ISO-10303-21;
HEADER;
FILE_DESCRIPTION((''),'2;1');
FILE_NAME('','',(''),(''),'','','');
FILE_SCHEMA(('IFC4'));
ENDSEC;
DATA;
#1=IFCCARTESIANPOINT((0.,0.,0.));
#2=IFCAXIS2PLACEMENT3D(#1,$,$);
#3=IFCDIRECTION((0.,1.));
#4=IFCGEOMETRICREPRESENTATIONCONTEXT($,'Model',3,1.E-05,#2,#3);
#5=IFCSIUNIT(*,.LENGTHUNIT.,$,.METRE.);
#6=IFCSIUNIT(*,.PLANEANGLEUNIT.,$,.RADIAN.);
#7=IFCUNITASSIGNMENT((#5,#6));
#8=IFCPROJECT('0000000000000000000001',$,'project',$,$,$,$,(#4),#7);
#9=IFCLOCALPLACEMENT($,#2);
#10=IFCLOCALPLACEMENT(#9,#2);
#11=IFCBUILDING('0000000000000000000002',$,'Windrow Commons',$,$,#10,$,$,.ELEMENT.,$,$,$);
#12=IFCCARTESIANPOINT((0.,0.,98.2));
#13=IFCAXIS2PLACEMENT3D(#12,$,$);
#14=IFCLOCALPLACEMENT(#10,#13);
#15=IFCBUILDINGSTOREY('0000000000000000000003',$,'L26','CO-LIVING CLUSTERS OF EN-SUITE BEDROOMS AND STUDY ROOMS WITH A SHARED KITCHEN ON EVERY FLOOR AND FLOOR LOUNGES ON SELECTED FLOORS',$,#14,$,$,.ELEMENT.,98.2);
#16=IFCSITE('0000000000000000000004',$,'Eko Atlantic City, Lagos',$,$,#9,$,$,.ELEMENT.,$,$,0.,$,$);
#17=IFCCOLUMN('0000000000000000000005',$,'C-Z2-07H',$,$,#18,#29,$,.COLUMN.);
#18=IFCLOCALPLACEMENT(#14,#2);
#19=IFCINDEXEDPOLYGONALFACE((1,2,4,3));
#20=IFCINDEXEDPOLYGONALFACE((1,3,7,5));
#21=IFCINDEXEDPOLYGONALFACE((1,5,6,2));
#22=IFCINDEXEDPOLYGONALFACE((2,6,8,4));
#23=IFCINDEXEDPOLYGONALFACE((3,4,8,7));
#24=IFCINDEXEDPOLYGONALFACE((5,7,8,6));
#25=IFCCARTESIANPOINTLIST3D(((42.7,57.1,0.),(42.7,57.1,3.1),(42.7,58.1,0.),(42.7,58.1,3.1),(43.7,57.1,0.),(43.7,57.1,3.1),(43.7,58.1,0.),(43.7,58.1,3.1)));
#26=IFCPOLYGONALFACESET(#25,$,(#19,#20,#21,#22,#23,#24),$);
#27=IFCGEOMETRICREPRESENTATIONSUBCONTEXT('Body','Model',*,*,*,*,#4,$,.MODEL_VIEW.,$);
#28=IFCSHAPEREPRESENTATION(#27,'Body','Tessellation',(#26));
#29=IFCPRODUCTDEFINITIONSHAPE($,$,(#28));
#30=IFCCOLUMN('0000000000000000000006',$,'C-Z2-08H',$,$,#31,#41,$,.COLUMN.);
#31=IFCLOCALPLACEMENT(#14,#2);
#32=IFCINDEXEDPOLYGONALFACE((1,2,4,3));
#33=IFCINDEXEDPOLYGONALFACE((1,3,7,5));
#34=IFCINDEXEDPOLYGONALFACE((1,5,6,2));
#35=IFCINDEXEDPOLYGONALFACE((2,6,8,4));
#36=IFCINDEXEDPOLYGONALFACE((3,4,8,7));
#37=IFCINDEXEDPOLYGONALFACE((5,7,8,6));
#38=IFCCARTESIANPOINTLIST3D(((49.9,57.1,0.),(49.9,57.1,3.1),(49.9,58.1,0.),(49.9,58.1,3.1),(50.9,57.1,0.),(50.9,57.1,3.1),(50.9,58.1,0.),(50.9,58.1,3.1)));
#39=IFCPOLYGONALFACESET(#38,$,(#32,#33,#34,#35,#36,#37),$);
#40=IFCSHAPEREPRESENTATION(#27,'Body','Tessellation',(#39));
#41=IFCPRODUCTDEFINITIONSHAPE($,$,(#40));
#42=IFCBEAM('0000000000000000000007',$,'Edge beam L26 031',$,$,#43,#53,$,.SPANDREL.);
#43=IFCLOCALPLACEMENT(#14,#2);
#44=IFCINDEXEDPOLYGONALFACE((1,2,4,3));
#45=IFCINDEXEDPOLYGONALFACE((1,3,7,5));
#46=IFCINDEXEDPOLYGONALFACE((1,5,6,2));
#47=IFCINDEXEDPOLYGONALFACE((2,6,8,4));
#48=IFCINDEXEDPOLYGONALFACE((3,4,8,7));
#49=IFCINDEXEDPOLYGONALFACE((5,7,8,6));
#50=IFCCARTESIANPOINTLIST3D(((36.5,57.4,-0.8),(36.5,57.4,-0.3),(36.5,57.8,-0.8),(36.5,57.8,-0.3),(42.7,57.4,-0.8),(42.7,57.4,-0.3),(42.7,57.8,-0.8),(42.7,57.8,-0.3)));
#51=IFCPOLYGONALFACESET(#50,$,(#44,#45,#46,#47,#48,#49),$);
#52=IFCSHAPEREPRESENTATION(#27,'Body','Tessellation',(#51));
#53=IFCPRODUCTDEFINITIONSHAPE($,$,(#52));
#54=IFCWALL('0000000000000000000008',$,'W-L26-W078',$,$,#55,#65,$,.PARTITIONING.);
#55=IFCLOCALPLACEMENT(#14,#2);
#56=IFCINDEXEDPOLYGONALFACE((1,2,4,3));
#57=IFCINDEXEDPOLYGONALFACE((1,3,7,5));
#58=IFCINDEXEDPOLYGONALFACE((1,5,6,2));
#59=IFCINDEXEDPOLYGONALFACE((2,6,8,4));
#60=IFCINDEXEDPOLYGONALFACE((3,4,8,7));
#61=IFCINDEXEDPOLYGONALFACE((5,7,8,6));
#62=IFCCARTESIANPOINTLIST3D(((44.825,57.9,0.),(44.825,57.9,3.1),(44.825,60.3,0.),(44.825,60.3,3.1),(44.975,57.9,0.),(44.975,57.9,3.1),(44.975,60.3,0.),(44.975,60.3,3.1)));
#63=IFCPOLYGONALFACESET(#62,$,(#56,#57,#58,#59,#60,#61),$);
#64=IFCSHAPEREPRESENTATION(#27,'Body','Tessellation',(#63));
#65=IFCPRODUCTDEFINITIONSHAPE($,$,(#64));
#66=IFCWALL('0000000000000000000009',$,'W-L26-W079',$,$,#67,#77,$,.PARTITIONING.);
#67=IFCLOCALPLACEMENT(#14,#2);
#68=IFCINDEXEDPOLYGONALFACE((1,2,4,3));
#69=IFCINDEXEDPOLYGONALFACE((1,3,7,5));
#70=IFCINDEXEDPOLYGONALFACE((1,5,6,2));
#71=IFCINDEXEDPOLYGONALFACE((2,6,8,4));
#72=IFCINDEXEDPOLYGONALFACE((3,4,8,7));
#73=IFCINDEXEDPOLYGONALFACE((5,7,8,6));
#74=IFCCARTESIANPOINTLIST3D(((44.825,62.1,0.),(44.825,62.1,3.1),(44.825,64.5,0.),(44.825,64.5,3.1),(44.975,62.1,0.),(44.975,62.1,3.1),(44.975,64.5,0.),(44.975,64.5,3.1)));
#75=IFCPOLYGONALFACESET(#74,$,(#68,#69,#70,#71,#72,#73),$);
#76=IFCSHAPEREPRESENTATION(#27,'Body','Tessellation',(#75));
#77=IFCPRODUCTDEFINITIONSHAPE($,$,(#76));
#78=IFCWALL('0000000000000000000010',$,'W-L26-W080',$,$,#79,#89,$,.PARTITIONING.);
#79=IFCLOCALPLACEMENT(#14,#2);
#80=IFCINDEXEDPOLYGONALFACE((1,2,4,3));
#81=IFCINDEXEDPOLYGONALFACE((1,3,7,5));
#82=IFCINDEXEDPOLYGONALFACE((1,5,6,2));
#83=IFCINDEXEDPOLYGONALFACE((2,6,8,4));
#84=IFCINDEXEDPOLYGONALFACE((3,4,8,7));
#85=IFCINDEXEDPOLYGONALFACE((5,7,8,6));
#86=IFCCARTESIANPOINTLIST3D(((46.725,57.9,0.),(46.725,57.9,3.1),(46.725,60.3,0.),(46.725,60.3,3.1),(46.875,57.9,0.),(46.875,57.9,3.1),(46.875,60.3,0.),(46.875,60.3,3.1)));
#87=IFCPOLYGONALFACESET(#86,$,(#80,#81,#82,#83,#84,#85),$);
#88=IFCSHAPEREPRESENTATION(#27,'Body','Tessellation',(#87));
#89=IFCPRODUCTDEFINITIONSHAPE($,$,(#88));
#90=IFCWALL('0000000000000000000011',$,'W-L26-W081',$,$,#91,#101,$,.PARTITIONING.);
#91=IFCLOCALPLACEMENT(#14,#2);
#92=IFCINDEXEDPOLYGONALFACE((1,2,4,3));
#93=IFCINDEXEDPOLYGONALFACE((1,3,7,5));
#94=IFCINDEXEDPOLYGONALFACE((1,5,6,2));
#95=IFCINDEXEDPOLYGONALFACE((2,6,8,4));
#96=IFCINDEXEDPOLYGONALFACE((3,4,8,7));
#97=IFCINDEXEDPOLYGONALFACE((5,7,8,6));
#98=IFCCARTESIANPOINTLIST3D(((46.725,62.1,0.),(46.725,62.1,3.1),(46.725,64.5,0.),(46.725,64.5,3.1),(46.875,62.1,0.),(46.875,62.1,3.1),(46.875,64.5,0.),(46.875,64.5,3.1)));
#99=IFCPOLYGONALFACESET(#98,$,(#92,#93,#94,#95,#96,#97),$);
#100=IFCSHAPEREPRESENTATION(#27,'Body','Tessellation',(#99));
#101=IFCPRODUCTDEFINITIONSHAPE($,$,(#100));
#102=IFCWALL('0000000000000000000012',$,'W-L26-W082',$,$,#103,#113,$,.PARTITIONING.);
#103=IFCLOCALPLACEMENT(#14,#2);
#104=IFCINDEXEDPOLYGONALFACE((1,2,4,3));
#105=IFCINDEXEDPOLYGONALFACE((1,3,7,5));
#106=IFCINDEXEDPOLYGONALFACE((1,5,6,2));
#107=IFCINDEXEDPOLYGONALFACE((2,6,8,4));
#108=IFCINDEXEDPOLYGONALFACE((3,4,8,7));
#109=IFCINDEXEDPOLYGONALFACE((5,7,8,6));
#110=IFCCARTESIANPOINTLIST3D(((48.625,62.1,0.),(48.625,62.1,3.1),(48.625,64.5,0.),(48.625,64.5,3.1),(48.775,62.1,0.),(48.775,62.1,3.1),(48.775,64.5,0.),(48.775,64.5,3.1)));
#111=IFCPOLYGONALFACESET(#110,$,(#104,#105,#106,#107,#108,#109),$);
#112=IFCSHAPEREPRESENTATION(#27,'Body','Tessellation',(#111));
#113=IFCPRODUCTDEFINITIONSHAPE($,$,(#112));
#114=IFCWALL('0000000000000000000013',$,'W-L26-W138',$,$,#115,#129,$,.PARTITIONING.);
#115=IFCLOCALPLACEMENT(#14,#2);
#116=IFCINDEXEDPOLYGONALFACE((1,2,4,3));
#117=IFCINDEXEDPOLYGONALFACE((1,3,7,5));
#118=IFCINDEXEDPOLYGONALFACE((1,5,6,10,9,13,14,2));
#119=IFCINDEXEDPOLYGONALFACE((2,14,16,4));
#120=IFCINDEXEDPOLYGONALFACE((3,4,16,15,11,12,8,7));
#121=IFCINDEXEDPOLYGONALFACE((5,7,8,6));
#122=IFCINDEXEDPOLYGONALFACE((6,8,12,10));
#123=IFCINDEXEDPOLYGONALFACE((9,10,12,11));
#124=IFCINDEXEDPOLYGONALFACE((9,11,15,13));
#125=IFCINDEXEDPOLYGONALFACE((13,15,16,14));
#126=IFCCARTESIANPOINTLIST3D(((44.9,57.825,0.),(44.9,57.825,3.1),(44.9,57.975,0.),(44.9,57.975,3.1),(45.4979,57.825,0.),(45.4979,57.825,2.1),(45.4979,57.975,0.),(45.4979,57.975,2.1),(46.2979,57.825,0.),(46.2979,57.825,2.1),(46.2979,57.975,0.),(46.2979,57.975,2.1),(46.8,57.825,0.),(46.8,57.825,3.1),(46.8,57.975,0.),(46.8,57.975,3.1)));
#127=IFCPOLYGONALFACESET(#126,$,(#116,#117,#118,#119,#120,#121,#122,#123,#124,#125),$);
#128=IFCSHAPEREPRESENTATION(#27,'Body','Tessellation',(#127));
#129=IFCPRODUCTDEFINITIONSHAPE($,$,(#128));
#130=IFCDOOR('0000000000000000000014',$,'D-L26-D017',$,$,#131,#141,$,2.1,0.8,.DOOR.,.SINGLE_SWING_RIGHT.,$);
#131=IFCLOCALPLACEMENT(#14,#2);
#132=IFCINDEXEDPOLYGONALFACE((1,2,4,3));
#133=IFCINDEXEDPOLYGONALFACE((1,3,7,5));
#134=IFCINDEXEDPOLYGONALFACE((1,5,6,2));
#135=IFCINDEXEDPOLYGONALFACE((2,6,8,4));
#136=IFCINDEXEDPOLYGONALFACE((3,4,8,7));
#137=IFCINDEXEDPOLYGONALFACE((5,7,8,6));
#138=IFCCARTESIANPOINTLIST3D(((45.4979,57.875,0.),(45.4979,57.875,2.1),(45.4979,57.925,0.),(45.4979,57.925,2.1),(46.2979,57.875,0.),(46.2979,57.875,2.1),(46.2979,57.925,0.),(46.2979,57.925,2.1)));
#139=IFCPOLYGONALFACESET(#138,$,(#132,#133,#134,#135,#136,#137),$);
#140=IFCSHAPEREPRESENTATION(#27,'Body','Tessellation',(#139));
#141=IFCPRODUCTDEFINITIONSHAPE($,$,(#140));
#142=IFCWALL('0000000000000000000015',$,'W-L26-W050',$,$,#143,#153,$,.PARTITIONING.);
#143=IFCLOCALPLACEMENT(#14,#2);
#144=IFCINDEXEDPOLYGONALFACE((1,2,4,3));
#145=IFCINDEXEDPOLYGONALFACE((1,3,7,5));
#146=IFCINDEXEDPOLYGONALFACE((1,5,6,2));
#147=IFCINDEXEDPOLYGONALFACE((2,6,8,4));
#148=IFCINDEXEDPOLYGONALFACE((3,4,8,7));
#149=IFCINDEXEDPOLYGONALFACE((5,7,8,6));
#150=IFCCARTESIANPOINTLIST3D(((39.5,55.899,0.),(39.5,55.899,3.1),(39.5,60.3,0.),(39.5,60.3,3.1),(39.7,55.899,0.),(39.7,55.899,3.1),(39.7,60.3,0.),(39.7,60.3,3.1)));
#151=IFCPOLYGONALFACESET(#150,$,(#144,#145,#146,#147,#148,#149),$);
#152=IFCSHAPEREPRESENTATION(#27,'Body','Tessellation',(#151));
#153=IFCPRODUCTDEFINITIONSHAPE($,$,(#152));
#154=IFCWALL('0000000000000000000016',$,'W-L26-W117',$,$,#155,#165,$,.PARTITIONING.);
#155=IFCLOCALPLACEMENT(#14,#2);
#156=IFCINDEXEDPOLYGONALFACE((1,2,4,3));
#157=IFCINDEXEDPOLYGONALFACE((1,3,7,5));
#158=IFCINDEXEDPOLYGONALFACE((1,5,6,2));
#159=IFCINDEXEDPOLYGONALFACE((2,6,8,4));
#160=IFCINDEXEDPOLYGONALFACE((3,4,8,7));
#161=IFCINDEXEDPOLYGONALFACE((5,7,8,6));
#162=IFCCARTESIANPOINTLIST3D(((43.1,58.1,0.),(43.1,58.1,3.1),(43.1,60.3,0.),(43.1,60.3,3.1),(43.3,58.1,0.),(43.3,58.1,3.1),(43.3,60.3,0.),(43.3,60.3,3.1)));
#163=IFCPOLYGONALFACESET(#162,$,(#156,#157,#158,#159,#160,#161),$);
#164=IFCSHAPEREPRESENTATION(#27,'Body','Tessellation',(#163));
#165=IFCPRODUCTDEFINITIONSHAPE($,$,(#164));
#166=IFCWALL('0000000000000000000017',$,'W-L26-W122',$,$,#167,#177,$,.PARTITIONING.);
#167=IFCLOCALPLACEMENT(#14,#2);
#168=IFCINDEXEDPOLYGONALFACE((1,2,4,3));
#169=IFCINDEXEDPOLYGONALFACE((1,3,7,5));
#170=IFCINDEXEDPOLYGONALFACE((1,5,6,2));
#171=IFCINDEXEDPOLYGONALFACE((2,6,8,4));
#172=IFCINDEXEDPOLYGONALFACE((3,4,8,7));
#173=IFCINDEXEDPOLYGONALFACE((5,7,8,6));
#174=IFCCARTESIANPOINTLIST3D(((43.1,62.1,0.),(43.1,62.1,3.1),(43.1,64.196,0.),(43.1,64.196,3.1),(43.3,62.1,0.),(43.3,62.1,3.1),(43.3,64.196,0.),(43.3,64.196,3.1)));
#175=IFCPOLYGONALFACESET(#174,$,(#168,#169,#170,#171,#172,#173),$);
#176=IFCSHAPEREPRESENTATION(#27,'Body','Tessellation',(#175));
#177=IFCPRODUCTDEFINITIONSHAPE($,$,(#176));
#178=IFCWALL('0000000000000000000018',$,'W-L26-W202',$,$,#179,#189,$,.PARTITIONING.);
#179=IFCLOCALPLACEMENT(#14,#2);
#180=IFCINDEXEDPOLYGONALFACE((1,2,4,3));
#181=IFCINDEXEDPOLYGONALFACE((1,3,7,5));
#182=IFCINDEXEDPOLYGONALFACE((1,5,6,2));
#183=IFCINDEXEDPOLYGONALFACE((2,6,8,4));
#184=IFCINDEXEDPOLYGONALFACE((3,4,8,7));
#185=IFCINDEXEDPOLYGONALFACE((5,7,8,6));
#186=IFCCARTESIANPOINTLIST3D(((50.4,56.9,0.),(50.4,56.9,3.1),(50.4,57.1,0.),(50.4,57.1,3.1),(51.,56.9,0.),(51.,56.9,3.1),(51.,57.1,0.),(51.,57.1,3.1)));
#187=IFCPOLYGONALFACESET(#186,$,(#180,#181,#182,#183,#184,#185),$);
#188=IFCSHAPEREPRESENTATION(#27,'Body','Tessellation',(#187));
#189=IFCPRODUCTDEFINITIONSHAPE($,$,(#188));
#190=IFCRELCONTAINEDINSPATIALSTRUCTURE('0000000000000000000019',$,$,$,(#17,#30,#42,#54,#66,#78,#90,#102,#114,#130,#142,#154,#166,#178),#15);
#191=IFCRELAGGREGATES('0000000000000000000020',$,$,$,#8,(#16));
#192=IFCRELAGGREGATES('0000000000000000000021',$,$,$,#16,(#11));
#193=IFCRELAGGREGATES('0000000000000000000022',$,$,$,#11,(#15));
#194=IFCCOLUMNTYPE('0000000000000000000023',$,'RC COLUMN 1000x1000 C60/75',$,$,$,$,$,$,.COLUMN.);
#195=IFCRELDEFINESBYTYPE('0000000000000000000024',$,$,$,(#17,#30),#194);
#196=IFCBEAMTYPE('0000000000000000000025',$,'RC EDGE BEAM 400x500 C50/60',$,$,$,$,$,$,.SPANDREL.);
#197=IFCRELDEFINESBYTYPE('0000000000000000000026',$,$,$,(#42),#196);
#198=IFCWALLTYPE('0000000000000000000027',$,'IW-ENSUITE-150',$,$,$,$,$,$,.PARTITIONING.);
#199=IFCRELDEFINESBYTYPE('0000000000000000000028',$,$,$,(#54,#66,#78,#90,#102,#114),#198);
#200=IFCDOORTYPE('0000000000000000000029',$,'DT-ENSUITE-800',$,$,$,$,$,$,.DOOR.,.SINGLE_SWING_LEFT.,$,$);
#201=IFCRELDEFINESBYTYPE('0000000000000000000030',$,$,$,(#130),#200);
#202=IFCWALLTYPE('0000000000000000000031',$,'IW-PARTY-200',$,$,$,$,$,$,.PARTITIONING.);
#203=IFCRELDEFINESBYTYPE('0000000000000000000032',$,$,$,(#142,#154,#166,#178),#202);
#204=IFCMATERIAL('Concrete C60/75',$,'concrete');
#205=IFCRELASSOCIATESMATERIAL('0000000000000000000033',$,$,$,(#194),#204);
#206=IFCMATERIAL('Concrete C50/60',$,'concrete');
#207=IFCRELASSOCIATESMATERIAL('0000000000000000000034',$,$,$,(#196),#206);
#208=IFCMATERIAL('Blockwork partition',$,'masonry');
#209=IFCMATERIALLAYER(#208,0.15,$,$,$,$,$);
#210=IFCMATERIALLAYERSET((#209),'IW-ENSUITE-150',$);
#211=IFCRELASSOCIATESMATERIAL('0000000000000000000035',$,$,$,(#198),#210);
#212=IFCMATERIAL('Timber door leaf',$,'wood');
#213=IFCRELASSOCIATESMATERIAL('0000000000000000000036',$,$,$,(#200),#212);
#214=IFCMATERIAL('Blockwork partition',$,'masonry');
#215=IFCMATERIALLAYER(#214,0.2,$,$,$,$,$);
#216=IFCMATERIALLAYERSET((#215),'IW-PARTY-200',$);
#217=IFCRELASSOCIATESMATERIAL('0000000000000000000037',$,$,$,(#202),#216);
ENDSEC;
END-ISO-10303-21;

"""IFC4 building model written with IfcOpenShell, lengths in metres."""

from ifc_helpers import new_model, si_unit, direction, frame, frame_2d, origin, origin_2d, place, context, subcontext, project, spatial, rectangle, extrude, material, layer, layer_set, material_profile, profile_set, type_object, element, fill, save


model = new_model("IFC4")

# Units and contexts
model_context = context("Model", 3, precision=1e-05, world=origin(), true_north=direction((0.0, 1.0)))
body_context = subcontext(model_context, "Body", "Model", "MODEL_VIEW")
ifc_project = project(units=[si_unit("LENGTHUNIT", "METRE"), si_unit("PLANEANGLEUNIT", "RADIAN")], contexts=[model_context])

# Site, building, storey
site_placement = place(None, origin())
site = spatial("IfcSite", under=ifc_project, at=site_placement, Name="Eko Atlantic City, Lagos", CompositionType="ELEMENT", RefElevation=0.0)
building_placement = place(site_placement, origin())
building = spatial("IfcBuilding", under=site, at=building_placement, Name="Windrow Commons", CompositionType="ELEMENT")
storey_placement = place(building_placement, frame((0.0, 0.0, 98.2)))
storey = spatial("IfcBuildingStorey", under=building, at=storey_placement, Name="L26", Description="CO-LIVING CLUSTERS OF EN-SUITE BEDROOMS AND STUDY ROOMS WITH A SHARED KITCHEN ON EVERY FLOOR AND FLOOR LOUNGES ON SELECTED FLOORS", CompositionType="ELEMENT", Elevation=98.2)

# Columns
ifc_material_1 = material(Name="Concrete C60/75", Category="concrete")
ifc_material_profile_1 = material_profile(ifc_material_1, rectangle(XDim=1.0, YDim=1.0, at=origin_2d()))
ifc_profile_set_1 = profile_set([ifc_material_profile_1], Name="Concrete C60/75")
column_type = type_object("IfcColumnType", Name="RC COLUMN 1000x1000 C60/75", PredefinedType="COLUMN", material=ifc_profile_set_1)
for number, where, z_axis, x_axis, name in (
    (1, (43.2, 57.6, 0.0), (0.0, 0.0, 1.0), (1.0, 0.0, 0.0), "C-Z2-07H"),
    (2, (50.4, 57.6, 0.0), (0.0, 0.0, 1.0), (1.0, 0.0, 0.0), "C-Z2-08H"),
):
    element("IfcColumn", number, at=place(storey_placement, frame(where, z_axis=z_axis, x_axis=x_axis)), inside=storey, type_object=column_type, Name=name, PredefinedType="COLUMN", context=body_context, shape_type="SweptSolid", body=[
        extrude(rectangle(XDim=1.0, YDim=1.0, at=origin_2d()), origin(), (0.0, 0.0, 1.0), 3.1),
    ])

# Beam
ifc_material_2 = material(Name="Concrete C50/60", Category="concrete")
ifc_material_profile_2 = material_profile(ifc_material_2, rectangle(XDim=0.4, YDim=0.5, at=origin_2d()))
ifc_profile_set_2 = profile_set([ifc_material_profile_2], Name="Concrete C50/60")
beam_type = type_object("IfcBeamType", Name="RC EDGE BEAM 400x500 C50/60", PredefinedType="SPANDREL", material=ifc_profile_set_2)
beam_placement = place(storey_placement, frame((42.7, 57.6, -0.55), z_axis=(-1.0, 0.0, 0.0), x_axis=(0.0, -1.0, 0.0)))
element("IfcBeam", 3, at=beam_placement, inside=storey, type_object=beam_type, Name="Edge beam L26 031", PredefinedType="SPANDREL", context=body_context, shape_type="SweptSolid", body=[
    extrude(rectangle(XDim=0.4, YDim=0.5, at=origin_2d()), origin(), (0.0, 0.0, 1.0), 6.2),
])

# Walls
ifc_material_3 = material(Name="Blockwork partition", Category="masonry")
ifc_layer_1 = layer(ifc_material_3, 0.15)
ifc_layer_set_1 = layer_set([ifc_layer_1], Name="IW-ENSUITE-150")
wall_type_1 = type_object("IfcWallType", Name="IW-ENSUITE-150", PredefinedType="PARTITIONING", material=ifc_layer_set_1)
for number, where, z_axis, x_axis, name in (
    (4, (44.9, 57.9, 0.0), (0.0, 0.0, 1.0), (0.0, 1.0, 0.0), "W-L26-W078"),
    (5, (44.9, 62.1, 0.0), (0.0, 0.0, 1.0), (0.0, 1.0, 0.0), "W-L26-W079"),
    (6, (46.8, 57.9, 0.0), (0.0, 0.0, 1.0), (0.0, 1.0, 0.0), "W-L26-W080"),
    (7, (46.8, 62.1, 0.0), (0.0, 0.0, 1.0), (0.0, 1.0, 0.0), "W-L26-W081"),
    (8, (48.7, 62.1, 0.0), (0.0, 0.0, 1.0), (0.0, 1.0, 0.0), "W-L26-W082"),
):
    element("IfcWall", number, at=place(storey_placement, frame(where, z_axis=z_axis, x_axis=x_axis)), inside=storey, type_object=wall_type_1, Name=name, PredefinedType="PARTITIONING", context=body_context, shape_type="SweptSolid", body=[
        extrude(rectangle(XDim=2.4, YDim=0.15, at=frame_2d((1.2, 0.0))), origin(), (0.0, 0.0, 1.0), 3.1),
    ])

# Wall, opening, door
wall_1_placement = place(storey_placement, frame((44.9, 57.9, 0.0), z_axis=(0.0, 0.0, 1.0), x_axis=(1.0, 0.0, 0.0)))
wall_1 = element("IfcWall", 9, at=wall_1_placement, inside=storey, type_object=wall_type_1, Name="W-L26-W138", PredefinedType="PARTITIONING", context=body_context, shape_type="SweptSolid", body=[
    extrude(rectangle(XDim=1.9, YDim=0.15, at=frame_2d((0.95, 0.0))), origin(), (0.0, 0.0, 1.0), 3.1),
])
opening_placement = place(wall_1_placement, frame((0.5979, 0.0, 0.0)))
opening = element("IfcOpeningElement", 10, at=opening_placement, cuts=wall_1, PredefinedType="OPENING", context=body_context, shape_type="SweptSolid", body=[
    extrude(rectangle(XDim=0.8, YDim=2.1, at=frame_2d((0.4, 1.05))), frame((0.0, 0.085, 0.0), z_axis=(0.0, -1.0, 0.0), x_axis=(1.0, 0.0, 0.0)), (0.0, 0.0, 1.0), 0.17),
])
ifc_material_4 = material(Name="Timber door leaf", Category="wood")
door_type = type_object("IfcDoorType", Name="DT-ENSUITE-800", OperationType="SINGLE_SWING_LEFT", PredefinedType="DOOR", material=ifc_material_4)
door_placement = place(opening_placement, origin())
door = element("IfcDoor", 11, at=door_placement, inside=storey, type_object=door_type, Name="D-L26-D017", OperationType="SINGLE_SWING_RIGHT", OverallHeight=2.1, OverallWidth=0.8, PredefinedType="DOOR", context=body_context, shape_type="SweptSolid", body=[
    extrude(rectangle(XDim=0.8, YDim=2.1, at=frame_2d((0.4, 1.05))), frame((0.0, 0.025, 0.0), z_axis=(0.0, -1.0, 0.0), x_axis=(1.0, 0.0, 0.0)), (0.0, 0.0, 1.0), 0.05),
])
fill(opening, door)

# Walls
ifc_material_5 = material(Name="Blockwork partition", Category="masonry")
ifc_layer_2 = layer(ifc_material_5, 0.2)
ifc_layer_set_2 = layer_set([ifc_layer_2], Name="IW-PARTY-200")
wall_type_2 = type_object("IfcWallType", Name="IW-PARTY-200", PredefinedType="PARTITIONING", material=ifc_layer_set_2)
wall_2_placement = place(storey_placement, frame((39.6, 55.899, 0.0), z_axis=(0.0, 0.0, 1.0), x_axis=(0.0, 1.0, 0.0)))
element("IfcWall", 12, at=wall_2_placement, inside=storey, type_object=wall_type_2, Name="W-L26-W050", PredefinedType="PARTITIONING", context=body_context, shape_type="SweptSolid", body=[
    extrude(rectangle(XDim=4.401, YDim=0.2, at=frame_2d((2.2005, 0.0))), origin(), (0.0, 0.0, 1.0), 3.1),
])
wall_3_placement = place(storey_placement, frame((43.2, 58.1, 0.0), z_axis=(0.0, 0.0, 1.0), x_axis=(0.0, 1.0, 0.0)))
element("IfcWall", 13, at=wall_3_placement, inside=storey, type_object=wall_type_2, Name="W-L26-W117", PredefinedType="PARTITIONING", context=body_context, shape_type="SweptSolid", body=[
    extrude(rectangle(XDim=2.2, YDim=0.2, at=frame_2d((1.1, 0.0))), origin(), (0.0, 0.0, 1.0), 3.1),
])
wall_4_placement = place(storey_placement, frame((43.2, 62.1, 0.0), z_axis=(0.0, 0.0, 1.0), x_axis=(0.0, 1.0, 0.0)))
element("IfcWall", 14, at=wall_4_placement, inside=storey, type_object=wall_type_2, Name="W-L26-W122", PredefinedType="PARTITIONING", context=body_context, shape_type="SweptSolid", body=[
    extrude(rectangle(XDim=2.096, YDim=0.2, at=frame_2d((1.048, 0.0))), origin(), (0.0, 0.0, 1.0), 3.1),
])
wall_5_placement = place(storey_placement, frame((50.4, 57.0, 0.0), z_axis=(0.0, 0.0, 1.0), x_axis=(1.0, 0.0, 0.0)))
element("IfcWall", 15, at=wall_5_placement, inside=storey, type_object=wall_type_2, Name="W-L26-W202", PredefinedType="PARTITIONING", context=body_context, shape_type="SweptSolid", body=[
    extrude(rectangle(XDim=0.6, YDim=0.2, at=frame_2d((0.3, 0.0))), origin(), (0.0, 0.0, 1.0), 3.1),
])

save(model, "model.ifc")
